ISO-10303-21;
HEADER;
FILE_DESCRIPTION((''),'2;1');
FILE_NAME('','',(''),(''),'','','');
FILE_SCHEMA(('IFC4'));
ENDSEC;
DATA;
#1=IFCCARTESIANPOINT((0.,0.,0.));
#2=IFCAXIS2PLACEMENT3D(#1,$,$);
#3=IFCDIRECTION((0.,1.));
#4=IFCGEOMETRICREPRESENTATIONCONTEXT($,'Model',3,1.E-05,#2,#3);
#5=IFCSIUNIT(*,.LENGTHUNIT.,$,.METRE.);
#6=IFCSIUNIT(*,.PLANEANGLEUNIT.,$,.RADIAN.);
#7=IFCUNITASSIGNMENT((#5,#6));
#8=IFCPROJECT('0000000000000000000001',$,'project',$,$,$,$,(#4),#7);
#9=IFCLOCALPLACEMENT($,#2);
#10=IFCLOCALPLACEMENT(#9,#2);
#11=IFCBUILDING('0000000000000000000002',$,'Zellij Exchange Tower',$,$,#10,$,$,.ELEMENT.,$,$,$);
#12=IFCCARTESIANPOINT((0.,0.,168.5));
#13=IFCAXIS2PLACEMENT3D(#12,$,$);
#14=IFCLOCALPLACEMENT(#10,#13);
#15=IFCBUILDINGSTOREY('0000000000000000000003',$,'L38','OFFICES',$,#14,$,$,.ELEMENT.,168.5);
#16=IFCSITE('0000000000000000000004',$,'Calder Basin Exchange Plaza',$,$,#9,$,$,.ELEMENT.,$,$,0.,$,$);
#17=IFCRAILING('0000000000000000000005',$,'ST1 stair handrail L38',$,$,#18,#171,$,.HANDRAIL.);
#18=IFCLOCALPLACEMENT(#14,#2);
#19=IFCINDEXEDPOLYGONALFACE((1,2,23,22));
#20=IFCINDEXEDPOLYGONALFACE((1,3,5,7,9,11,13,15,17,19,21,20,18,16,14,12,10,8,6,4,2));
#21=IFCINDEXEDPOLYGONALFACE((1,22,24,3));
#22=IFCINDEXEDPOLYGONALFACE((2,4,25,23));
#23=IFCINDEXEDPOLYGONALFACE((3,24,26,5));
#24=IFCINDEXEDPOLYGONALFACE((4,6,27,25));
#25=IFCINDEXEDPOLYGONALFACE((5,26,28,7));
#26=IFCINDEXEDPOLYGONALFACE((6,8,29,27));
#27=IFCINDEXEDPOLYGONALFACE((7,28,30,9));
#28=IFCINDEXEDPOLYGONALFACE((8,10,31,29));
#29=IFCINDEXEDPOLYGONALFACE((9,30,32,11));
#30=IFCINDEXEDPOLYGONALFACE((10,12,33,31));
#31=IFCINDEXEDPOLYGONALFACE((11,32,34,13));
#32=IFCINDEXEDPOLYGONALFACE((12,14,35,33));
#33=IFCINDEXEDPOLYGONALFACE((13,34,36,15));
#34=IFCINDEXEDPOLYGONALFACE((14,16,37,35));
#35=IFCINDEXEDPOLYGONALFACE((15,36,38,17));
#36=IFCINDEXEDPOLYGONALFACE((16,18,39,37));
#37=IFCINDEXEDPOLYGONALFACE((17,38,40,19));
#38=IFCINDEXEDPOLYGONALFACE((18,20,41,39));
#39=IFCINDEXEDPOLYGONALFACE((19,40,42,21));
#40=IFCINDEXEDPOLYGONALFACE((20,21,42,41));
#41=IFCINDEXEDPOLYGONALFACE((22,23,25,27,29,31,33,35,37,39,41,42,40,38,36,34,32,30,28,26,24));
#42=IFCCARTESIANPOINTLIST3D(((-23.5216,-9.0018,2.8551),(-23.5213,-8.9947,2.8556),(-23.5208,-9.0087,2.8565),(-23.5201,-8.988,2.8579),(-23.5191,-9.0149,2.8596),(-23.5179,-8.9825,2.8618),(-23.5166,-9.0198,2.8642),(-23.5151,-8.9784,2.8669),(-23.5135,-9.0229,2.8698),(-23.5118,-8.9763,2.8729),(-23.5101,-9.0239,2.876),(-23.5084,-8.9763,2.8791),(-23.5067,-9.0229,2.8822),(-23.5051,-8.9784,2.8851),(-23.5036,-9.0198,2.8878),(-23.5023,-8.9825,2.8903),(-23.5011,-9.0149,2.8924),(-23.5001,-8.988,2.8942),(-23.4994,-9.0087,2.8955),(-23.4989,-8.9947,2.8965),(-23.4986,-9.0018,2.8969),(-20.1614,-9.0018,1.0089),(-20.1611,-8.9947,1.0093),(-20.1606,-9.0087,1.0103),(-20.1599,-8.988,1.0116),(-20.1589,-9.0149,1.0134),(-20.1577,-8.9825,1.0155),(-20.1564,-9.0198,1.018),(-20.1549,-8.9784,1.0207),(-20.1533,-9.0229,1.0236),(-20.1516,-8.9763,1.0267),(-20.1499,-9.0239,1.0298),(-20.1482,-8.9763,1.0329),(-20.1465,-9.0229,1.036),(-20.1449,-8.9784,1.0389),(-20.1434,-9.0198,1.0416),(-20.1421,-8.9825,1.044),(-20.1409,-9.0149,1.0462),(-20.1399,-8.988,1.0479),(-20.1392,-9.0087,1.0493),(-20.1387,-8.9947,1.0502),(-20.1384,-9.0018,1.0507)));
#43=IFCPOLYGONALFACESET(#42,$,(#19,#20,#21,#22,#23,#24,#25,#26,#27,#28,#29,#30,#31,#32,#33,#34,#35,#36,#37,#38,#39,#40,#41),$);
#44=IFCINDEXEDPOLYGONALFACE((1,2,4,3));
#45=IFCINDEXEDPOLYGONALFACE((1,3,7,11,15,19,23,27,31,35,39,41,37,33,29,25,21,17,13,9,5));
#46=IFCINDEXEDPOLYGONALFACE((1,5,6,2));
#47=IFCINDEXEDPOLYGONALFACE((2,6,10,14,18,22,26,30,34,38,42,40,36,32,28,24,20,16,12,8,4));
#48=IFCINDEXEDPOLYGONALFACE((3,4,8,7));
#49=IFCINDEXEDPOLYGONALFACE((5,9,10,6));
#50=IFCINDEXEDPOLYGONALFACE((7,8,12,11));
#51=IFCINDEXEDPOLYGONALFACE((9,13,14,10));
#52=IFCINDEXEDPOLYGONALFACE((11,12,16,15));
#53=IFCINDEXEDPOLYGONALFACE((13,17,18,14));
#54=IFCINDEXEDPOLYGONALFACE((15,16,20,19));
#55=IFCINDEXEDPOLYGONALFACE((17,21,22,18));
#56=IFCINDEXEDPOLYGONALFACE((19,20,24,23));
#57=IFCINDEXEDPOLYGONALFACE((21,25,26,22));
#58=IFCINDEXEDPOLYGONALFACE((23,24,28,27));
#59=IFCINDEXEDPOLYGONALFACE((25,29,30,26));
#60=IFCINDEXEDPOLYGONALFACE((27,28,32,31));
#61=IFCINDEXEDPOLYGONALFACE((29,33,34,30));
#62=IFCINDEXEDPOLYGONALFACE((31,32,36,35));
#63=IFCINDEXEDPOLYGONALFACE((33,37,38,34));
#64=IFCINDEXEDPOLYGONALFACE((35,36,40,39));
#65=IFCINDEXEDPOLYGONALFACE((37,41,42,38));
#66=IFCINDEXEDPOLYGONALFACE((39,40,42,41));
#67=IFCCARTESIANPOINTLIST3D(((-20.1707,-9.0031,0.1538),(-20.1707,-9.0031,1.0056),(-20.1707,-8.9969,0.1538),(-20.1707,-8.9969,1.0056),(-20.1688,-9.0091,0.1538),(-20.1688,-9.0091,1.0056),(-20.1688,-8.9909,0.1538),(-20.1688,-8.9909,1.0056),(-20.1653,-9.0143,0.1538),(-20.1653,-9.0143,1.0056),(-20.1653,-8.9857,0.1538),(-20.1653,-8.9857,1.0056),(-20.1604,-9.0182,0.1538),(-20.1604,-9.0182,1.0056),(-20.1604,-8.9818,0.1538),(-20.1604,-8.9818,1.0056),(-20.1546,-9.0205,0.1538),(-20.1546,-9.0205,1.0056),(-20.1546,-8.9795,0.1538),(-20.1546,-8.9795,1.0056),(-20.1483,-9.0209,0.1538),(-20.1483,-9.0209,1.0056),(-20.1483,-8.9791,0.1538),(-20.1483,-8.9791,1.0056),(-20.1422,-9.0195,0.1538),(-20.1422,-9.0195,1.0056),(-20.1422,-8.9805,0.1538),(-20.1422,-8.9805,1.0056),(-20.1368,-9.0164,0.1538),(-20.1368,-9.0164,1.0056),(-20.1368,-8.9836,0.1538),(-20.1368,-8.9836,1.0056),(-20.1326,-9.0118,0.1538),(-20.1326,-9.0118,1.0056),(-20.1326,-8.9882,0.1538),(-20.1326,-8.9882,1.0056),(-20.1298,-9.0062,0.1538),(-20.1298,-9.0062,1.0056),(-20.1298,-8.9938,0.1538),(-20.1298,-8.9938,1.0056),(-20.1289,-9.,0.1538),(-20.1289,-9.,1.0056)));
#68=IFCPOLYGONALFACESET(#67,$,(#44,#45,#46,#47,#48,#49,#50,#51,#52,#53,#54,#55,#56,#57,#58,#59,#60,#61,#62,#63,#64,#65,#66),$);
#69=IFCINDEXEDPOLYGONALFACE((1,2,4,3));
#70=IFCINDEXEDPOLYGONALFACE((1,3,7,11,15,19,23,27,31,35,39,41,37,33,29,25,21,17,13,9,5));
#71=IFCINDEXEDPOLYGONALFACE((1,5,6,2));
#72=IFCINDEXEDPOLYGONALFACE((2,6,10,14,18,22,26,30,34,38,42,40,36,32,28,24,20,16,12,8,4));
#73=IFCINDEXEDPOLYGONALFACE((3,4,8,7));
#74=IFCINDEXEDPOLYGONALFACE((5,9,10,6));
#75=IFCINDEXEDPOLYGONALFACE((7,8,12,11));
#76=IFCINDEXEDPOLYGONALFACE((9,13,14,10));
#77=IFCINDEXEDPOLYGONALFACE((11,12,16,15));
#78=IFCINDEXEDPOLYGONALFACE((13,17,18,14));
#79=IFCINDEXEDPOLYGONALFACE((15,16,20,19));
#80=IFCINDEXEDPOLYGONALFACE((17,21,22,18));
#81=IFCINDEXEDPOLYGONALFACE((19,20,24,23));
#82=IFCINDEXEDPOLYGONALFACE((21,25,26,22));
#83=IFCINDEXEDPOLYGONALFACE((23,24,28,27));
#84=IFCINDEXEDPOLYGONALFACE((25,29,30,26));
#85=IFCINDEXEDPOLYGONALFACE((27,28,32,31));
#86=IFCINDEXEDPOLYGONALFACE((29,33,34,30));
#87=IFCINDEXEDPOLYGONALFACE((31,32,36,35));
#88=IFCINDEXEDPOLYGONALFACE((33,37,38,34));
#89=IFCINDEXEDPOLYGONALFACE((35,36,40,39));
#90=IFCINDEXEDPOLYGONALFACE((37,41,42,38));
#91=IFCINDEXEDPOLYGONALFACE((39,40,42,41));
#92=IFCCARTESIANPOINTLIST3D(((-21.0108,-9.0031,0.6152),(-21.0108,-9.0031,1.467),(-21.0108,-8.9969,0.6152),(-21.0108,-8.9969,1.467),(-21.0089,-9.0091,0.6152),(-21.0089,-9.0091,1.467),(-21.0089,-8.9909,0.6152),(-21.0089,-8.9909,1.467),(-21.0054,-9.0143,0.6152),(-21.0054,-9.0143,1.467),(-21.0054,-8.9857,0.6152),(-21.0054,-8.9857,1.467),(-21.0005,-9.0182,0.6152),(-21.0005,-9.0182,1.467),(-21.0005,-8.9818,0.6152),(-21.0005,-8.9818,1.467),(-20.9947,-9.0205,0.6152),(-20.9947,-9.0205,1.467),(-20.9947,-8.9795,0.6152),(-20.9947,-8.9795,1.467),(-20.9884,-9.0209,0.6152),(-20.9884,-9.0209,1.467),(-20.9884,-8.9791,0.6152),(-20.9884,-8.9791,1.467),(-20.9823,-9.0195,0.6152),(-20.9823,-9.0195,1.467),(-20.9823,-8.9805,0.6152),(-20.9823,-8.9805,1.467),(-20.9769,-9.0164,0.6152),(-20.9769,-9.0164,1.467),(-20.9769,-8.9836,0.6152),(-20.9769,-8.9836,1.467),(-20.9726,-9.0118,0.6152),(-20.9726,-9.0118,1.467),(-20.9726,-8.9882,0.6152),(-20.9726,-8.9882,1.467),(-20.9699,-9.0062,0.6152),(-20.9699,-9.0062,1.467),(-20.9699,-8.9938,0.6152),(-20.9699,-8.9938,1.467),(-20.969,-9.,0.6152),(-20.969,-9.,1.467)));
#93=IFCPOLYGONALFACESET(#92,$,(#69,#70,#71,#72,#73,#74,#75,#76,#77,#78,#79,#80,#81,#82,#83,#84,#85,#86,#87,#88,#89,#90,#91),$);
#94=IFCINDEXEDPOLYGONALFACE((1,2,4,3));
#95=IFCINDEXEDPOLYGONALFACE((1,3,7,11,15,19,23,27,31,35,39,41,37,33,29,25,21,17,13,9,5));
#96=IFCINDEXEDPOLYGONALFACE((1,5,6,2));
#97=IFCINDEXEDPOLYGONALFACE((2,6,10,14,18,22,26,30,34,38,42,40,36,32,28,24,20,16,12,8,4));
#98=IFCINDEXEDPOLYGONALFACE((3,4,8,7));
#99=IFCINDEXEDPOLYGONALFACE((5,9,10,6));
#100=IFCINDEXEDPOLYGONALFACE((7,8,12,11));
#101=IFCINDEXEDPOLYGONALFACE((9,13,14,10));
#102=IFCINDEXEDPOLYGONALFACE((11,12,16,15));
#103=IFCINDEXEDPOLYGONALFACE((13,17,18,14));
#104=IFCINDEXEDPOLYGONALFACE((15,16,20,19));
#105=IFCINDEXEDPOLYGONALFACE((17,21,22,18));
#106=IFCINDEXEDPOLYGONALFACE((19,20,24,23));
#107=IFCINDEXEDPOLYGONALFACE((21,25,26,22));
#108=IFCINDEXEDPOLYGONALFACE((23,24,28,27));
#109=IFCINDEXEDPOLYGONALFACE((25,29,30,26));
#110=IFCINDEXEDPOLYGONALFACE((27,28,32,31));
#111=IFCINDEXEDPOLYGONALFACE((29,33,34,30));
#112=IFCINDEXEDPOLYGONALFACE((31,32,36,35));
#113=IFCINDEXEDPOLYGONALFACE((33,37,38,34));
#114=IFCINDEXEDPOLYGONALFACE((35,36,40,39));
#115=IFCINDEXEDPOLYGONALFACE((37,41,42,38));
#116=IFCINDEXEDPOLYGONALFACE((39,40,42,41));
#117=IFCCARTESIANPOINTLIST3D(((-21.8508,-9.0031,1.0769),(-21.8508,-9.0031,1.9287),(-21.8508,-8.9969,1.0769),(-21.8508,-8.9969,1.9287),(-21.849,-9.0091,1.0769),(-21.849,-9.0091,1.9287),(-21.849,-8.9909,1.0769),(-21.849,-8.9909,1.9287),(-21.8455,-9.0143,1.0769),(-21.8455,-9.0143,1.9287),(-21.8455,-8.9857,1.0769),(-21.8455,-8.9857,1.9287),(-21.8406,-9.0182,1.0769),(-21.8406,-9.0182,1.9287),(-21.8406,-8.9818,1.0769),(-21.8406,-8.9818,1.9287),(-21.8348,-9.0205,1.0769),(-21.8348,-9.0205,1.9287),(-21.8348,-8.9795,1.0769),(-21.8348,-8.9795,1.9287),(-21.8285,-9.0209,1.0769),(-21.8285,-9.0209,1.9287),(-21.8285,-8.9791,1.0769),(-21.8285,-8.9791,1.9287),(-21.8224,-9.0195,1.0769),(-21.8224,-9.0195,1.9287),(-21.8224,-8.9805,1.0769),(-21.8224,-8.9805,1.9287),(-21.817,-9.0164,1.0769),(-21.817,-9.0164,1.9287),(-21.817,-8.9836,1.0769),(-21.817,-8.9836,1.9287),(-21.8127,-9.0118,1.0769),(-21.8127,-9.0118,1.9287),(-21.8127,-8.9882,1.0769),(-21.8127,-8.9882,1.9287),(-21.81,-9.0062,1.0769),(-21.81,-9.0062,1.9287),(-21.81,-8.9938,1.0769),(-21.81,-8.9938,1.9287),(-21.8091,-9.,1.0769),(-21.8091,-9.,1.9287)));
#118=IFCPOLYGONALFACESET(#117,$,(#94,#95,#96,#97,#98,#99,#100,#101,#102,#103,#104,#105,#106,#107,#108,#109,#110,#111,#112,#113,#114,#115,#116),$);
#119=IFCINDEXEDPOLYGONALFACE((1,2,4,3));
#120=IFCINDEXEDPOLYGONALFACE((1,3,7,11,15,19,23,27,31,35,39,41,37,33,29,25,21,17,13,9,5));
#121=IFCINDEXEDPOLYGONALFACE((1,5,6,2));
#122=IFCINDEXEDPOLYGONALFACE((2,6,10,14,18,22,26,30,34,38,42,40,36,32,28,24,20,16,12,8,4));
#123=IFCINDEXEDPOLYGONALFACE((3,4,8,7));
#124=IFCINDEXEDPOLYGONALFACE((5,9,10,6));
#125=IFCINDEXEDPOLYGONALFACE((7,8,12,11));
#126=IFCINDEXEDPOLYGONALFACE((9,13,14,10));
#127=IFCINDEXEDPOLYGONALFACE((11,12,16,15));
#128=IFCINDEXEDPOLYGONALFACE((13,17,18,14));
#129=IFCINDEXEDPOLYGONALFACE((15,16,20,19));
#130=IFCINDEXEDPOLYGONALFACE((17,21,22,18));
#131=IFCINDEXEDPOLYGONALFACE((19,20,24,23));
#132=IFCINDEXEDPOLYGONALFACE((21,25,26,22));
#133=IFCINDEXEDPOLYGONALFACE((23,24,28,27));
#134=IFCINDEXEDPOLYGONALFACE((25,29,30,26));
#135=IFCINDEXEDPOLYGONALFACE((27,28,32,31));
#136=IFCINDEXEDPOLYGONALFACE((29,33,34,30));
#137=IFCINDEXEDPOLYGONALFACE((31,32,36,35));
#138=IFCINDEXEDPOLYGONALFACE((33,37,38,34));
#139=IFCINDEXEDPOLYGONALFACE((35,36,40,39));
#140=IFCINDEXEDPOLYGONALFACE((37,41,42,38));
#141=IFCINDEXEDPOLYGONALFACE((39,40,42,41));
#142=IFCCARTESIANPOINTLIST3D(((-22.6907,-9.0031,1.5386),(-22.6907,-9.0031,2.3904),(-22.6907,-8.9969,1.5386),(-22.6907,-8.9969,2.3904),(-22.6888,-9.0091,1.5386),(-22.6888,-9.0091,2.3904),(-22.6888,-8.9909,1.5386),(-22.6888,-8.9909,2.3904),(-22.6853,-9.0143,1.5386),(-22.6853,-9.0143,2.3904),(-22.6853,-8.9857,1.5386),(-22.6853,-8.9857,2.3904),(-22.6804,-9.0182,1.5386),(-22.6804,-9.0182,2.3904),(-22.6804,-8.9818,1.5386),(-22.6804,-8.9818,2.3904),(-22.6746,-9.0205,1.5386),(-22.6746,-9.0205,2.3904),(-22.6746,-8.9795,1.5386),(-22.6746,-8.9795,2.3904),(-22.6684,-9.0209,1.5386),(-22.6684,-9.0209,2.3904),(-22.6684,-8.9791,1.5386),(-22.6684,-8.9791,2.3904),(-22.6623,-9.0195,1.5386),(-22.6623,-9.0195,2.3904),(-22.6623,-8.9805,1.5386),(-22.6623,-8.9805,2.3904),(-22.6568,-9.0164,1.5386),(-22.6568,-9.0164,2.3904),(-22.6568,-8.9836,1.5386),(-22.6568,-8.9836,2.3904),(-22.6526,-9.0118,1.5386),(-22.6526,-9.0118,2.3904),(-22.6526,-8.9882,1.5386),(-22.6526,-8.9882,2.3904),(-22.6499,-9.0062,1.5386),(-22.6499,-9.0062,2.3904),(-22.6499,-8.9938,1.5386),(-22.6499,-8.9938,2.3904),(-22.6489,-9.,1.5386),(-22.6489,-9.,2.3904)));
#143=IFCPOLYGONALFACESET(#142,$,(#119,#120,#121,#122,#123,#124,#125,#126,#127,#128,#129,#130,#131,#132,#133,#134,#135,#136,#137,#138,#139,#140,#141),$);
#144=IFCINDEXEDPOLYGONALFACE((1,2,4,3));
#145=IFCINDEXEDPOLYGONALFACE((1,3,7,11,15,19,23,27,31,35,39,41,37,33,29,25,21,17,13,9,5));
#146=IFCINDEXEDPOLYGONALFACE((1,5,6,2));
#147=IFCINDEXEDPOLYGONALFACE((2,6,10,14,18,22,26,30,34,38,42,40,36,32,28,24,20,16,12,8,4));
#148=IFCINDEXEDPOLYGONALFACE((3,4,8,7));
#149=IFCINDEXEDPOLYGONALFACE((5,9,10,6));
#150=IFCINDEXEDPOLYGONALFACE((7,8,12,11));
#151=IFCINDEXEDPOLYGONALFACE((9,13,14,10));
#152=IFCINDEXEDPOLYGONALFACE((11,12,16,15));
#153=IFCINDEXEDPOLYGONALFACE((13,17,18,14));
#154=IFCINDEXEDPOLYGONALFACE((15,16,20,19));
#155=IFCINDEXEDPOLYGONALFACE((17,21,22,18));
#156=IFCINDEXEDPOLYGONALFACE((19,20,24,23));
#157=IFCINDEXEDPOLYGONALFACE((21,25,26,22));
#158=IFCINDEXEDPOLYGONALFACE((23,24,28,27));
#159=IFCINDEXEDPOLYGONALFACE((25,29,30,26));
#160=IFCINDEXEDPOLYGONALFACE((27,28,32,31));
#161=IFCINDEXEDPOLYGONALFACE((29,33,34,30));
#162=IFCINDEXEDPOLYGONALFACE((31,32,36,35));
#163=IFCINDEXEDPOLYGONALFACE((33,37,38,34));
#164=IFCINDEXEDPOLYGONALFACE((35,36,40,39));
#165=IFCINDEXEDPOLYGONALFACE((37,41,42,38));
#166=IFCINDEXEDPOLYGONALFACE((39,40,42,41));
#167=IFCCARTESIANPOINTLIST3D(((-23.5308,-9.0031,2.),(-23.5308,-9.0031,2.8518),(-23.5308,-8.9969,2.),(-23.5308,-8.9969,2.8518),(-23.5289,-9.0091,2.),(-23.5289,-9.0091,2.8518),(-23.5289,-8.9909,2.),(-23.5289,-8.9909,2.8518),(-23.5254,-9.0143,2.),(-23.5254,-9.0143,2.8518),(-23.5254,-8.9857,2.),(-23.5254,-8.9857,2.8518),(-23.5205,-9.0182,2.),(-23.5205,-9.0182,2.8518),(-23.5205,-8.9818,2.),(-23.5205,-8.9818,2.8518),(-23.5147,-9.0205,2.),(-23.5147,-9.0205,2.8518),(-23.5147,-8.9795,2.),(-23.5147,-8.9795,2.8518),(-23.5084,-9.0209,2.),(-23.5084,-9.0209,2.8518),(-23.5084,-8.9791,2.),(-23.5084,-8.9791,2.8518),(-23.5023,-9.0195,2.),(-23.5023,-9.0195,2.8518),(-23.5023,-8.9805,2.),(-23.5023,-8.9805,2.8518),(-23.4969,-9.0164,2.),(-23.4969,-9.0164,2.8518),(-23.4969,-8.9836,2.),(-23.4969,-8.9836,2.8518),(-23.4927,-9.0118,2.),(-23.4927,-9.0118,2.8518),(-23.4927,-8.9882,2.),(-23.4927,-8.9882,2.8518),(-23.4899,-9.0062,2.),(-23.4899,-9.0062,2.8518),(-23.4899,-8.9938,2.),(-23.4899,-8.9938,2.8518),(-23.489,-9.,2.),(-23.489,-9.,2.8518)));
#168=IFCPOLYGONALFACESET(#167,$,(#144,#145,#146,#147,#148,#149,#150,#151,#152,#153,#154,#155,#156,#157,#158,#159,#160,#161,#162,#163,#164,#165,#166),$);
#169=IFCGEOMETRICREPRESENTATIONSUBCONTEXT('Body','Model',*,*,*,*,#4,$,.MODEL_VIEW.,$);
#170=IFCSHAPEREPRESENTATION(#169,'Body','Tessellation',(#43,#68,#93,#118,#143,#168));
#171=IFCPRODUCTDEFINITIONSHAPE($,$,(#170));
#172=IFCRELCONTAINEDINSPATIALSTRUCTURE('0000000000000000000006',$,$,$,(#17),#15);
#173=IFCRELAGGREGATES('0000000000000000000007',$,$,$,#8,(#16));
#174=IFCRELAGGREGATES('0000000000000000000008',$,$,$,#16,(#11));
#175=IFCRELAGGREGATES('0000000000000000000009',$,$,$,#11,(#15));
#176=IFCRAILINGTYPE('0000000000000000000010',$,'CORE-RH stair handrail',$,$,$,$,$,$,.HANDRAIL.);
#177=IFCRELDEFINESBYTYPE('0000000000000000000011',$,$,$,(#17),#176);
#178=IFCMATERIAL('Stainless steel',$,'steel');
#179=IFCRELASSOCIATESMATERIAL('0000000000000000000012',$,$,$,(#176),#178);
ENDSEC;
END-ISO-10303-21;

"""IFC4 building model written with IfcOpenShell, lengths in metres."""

from ifc_helpers import new_model, si_unit, direction, frame, origin, origin_2d, place, context, subcontext, project, spatial, circle, extrude, material, type_object, element, save


model = new_model("IFC4")

# Units and contexts
model_context = context("Model", 3, precision=1e-05, world=origin(), true_north=direction((0.0, 1.0)))
body_context = subcontext(model_context, "Body", "Model", "MODEL_VIEW")
ifc_project = project(units=[si_unit("LENGTHUNIT", "METRE"), si_unit("PLANEANGLEUNIT", "RADIAN")], contexts=[model_context])

# Site, building, storey
site_placement = place(None, origin())
site = spatial("IfcSite", under=ifc_project, at=site_placement, Name="Calder Basin Exchange Plaza", CompositionType="ELEMENT", RefElevation=0.0)
building_placement = place(site_placement, origin())
building = spatial("IfcBuilding", under=site, at=building_placement, Name="Zellij Exchange Tower", CompositionType="ELEMENT")
storey_placement = place(building_placement, frame((0.0, 0.0, 168.5)))
storey = spatial("IfcBuildingStorey", under=building, at=storey_placement, Name="L38", Description="OFFICES", CompositionType="ELEMENT", Elevation=168.5)

# Railing
ifc_material_1 = material(Name="Stainless steel", Category="steel")
railing_type_1 = type_object("IfcRailingType", Name="CORE-RH stair handrail", PredefinedType="HANDRAIL", material=ifc_material_1)
railing_1_placement = place(storey_placement, frame((-20.1499, -9.0, 0.1538)))
element("IfcRailing", 1, at=railing_1_placement, inside=storey, type_object=railing_type_1, Name="ST1 stair handrail L38", PredefinedType="HANDRAIL", context=body_context, shape_type="SweptSolid", body=[
    extrude(circle(Radius=0.0239, at=origin_2d()), frame((0.0, 0.0, 0.876), z_axis=(-0.876422, 0.0, 0.481545), x_axis=(0.0, -1.0, 0.0)), (0.0, 0.0, 1.0), 3.834),
    extrude(circle(Radius=0.021, at=origin_2d()), origin(), (0.0, 0.0, 1.0), 0.8518),
    extrude(circle(Radius=0.021, at=origin_2d()), frame((-0.8401, 0.0, 0.4614)), (0.0, 0.0, 1.0), 0.8518),
    extrude(circle(Radius=0.021, at=origin_2d()), frame((-1.6802, 0.0, 0.9231)), (0.0, 0.0, 1.0), 0.8518),
    extrude(circle(Radius=0.021, at=origin_2d()), frame((-2.52, 0.0, 1.3848)), (0.0, 0.0, 1.0), 0.8518),
    extrude(circle(Radius=0.021, at=origin_2d()), frame((-3.3601, 0.0, 1.8462)), (0.0, 0.0, 1.0), 0.8518),
])

save(model, "model.ifc")
